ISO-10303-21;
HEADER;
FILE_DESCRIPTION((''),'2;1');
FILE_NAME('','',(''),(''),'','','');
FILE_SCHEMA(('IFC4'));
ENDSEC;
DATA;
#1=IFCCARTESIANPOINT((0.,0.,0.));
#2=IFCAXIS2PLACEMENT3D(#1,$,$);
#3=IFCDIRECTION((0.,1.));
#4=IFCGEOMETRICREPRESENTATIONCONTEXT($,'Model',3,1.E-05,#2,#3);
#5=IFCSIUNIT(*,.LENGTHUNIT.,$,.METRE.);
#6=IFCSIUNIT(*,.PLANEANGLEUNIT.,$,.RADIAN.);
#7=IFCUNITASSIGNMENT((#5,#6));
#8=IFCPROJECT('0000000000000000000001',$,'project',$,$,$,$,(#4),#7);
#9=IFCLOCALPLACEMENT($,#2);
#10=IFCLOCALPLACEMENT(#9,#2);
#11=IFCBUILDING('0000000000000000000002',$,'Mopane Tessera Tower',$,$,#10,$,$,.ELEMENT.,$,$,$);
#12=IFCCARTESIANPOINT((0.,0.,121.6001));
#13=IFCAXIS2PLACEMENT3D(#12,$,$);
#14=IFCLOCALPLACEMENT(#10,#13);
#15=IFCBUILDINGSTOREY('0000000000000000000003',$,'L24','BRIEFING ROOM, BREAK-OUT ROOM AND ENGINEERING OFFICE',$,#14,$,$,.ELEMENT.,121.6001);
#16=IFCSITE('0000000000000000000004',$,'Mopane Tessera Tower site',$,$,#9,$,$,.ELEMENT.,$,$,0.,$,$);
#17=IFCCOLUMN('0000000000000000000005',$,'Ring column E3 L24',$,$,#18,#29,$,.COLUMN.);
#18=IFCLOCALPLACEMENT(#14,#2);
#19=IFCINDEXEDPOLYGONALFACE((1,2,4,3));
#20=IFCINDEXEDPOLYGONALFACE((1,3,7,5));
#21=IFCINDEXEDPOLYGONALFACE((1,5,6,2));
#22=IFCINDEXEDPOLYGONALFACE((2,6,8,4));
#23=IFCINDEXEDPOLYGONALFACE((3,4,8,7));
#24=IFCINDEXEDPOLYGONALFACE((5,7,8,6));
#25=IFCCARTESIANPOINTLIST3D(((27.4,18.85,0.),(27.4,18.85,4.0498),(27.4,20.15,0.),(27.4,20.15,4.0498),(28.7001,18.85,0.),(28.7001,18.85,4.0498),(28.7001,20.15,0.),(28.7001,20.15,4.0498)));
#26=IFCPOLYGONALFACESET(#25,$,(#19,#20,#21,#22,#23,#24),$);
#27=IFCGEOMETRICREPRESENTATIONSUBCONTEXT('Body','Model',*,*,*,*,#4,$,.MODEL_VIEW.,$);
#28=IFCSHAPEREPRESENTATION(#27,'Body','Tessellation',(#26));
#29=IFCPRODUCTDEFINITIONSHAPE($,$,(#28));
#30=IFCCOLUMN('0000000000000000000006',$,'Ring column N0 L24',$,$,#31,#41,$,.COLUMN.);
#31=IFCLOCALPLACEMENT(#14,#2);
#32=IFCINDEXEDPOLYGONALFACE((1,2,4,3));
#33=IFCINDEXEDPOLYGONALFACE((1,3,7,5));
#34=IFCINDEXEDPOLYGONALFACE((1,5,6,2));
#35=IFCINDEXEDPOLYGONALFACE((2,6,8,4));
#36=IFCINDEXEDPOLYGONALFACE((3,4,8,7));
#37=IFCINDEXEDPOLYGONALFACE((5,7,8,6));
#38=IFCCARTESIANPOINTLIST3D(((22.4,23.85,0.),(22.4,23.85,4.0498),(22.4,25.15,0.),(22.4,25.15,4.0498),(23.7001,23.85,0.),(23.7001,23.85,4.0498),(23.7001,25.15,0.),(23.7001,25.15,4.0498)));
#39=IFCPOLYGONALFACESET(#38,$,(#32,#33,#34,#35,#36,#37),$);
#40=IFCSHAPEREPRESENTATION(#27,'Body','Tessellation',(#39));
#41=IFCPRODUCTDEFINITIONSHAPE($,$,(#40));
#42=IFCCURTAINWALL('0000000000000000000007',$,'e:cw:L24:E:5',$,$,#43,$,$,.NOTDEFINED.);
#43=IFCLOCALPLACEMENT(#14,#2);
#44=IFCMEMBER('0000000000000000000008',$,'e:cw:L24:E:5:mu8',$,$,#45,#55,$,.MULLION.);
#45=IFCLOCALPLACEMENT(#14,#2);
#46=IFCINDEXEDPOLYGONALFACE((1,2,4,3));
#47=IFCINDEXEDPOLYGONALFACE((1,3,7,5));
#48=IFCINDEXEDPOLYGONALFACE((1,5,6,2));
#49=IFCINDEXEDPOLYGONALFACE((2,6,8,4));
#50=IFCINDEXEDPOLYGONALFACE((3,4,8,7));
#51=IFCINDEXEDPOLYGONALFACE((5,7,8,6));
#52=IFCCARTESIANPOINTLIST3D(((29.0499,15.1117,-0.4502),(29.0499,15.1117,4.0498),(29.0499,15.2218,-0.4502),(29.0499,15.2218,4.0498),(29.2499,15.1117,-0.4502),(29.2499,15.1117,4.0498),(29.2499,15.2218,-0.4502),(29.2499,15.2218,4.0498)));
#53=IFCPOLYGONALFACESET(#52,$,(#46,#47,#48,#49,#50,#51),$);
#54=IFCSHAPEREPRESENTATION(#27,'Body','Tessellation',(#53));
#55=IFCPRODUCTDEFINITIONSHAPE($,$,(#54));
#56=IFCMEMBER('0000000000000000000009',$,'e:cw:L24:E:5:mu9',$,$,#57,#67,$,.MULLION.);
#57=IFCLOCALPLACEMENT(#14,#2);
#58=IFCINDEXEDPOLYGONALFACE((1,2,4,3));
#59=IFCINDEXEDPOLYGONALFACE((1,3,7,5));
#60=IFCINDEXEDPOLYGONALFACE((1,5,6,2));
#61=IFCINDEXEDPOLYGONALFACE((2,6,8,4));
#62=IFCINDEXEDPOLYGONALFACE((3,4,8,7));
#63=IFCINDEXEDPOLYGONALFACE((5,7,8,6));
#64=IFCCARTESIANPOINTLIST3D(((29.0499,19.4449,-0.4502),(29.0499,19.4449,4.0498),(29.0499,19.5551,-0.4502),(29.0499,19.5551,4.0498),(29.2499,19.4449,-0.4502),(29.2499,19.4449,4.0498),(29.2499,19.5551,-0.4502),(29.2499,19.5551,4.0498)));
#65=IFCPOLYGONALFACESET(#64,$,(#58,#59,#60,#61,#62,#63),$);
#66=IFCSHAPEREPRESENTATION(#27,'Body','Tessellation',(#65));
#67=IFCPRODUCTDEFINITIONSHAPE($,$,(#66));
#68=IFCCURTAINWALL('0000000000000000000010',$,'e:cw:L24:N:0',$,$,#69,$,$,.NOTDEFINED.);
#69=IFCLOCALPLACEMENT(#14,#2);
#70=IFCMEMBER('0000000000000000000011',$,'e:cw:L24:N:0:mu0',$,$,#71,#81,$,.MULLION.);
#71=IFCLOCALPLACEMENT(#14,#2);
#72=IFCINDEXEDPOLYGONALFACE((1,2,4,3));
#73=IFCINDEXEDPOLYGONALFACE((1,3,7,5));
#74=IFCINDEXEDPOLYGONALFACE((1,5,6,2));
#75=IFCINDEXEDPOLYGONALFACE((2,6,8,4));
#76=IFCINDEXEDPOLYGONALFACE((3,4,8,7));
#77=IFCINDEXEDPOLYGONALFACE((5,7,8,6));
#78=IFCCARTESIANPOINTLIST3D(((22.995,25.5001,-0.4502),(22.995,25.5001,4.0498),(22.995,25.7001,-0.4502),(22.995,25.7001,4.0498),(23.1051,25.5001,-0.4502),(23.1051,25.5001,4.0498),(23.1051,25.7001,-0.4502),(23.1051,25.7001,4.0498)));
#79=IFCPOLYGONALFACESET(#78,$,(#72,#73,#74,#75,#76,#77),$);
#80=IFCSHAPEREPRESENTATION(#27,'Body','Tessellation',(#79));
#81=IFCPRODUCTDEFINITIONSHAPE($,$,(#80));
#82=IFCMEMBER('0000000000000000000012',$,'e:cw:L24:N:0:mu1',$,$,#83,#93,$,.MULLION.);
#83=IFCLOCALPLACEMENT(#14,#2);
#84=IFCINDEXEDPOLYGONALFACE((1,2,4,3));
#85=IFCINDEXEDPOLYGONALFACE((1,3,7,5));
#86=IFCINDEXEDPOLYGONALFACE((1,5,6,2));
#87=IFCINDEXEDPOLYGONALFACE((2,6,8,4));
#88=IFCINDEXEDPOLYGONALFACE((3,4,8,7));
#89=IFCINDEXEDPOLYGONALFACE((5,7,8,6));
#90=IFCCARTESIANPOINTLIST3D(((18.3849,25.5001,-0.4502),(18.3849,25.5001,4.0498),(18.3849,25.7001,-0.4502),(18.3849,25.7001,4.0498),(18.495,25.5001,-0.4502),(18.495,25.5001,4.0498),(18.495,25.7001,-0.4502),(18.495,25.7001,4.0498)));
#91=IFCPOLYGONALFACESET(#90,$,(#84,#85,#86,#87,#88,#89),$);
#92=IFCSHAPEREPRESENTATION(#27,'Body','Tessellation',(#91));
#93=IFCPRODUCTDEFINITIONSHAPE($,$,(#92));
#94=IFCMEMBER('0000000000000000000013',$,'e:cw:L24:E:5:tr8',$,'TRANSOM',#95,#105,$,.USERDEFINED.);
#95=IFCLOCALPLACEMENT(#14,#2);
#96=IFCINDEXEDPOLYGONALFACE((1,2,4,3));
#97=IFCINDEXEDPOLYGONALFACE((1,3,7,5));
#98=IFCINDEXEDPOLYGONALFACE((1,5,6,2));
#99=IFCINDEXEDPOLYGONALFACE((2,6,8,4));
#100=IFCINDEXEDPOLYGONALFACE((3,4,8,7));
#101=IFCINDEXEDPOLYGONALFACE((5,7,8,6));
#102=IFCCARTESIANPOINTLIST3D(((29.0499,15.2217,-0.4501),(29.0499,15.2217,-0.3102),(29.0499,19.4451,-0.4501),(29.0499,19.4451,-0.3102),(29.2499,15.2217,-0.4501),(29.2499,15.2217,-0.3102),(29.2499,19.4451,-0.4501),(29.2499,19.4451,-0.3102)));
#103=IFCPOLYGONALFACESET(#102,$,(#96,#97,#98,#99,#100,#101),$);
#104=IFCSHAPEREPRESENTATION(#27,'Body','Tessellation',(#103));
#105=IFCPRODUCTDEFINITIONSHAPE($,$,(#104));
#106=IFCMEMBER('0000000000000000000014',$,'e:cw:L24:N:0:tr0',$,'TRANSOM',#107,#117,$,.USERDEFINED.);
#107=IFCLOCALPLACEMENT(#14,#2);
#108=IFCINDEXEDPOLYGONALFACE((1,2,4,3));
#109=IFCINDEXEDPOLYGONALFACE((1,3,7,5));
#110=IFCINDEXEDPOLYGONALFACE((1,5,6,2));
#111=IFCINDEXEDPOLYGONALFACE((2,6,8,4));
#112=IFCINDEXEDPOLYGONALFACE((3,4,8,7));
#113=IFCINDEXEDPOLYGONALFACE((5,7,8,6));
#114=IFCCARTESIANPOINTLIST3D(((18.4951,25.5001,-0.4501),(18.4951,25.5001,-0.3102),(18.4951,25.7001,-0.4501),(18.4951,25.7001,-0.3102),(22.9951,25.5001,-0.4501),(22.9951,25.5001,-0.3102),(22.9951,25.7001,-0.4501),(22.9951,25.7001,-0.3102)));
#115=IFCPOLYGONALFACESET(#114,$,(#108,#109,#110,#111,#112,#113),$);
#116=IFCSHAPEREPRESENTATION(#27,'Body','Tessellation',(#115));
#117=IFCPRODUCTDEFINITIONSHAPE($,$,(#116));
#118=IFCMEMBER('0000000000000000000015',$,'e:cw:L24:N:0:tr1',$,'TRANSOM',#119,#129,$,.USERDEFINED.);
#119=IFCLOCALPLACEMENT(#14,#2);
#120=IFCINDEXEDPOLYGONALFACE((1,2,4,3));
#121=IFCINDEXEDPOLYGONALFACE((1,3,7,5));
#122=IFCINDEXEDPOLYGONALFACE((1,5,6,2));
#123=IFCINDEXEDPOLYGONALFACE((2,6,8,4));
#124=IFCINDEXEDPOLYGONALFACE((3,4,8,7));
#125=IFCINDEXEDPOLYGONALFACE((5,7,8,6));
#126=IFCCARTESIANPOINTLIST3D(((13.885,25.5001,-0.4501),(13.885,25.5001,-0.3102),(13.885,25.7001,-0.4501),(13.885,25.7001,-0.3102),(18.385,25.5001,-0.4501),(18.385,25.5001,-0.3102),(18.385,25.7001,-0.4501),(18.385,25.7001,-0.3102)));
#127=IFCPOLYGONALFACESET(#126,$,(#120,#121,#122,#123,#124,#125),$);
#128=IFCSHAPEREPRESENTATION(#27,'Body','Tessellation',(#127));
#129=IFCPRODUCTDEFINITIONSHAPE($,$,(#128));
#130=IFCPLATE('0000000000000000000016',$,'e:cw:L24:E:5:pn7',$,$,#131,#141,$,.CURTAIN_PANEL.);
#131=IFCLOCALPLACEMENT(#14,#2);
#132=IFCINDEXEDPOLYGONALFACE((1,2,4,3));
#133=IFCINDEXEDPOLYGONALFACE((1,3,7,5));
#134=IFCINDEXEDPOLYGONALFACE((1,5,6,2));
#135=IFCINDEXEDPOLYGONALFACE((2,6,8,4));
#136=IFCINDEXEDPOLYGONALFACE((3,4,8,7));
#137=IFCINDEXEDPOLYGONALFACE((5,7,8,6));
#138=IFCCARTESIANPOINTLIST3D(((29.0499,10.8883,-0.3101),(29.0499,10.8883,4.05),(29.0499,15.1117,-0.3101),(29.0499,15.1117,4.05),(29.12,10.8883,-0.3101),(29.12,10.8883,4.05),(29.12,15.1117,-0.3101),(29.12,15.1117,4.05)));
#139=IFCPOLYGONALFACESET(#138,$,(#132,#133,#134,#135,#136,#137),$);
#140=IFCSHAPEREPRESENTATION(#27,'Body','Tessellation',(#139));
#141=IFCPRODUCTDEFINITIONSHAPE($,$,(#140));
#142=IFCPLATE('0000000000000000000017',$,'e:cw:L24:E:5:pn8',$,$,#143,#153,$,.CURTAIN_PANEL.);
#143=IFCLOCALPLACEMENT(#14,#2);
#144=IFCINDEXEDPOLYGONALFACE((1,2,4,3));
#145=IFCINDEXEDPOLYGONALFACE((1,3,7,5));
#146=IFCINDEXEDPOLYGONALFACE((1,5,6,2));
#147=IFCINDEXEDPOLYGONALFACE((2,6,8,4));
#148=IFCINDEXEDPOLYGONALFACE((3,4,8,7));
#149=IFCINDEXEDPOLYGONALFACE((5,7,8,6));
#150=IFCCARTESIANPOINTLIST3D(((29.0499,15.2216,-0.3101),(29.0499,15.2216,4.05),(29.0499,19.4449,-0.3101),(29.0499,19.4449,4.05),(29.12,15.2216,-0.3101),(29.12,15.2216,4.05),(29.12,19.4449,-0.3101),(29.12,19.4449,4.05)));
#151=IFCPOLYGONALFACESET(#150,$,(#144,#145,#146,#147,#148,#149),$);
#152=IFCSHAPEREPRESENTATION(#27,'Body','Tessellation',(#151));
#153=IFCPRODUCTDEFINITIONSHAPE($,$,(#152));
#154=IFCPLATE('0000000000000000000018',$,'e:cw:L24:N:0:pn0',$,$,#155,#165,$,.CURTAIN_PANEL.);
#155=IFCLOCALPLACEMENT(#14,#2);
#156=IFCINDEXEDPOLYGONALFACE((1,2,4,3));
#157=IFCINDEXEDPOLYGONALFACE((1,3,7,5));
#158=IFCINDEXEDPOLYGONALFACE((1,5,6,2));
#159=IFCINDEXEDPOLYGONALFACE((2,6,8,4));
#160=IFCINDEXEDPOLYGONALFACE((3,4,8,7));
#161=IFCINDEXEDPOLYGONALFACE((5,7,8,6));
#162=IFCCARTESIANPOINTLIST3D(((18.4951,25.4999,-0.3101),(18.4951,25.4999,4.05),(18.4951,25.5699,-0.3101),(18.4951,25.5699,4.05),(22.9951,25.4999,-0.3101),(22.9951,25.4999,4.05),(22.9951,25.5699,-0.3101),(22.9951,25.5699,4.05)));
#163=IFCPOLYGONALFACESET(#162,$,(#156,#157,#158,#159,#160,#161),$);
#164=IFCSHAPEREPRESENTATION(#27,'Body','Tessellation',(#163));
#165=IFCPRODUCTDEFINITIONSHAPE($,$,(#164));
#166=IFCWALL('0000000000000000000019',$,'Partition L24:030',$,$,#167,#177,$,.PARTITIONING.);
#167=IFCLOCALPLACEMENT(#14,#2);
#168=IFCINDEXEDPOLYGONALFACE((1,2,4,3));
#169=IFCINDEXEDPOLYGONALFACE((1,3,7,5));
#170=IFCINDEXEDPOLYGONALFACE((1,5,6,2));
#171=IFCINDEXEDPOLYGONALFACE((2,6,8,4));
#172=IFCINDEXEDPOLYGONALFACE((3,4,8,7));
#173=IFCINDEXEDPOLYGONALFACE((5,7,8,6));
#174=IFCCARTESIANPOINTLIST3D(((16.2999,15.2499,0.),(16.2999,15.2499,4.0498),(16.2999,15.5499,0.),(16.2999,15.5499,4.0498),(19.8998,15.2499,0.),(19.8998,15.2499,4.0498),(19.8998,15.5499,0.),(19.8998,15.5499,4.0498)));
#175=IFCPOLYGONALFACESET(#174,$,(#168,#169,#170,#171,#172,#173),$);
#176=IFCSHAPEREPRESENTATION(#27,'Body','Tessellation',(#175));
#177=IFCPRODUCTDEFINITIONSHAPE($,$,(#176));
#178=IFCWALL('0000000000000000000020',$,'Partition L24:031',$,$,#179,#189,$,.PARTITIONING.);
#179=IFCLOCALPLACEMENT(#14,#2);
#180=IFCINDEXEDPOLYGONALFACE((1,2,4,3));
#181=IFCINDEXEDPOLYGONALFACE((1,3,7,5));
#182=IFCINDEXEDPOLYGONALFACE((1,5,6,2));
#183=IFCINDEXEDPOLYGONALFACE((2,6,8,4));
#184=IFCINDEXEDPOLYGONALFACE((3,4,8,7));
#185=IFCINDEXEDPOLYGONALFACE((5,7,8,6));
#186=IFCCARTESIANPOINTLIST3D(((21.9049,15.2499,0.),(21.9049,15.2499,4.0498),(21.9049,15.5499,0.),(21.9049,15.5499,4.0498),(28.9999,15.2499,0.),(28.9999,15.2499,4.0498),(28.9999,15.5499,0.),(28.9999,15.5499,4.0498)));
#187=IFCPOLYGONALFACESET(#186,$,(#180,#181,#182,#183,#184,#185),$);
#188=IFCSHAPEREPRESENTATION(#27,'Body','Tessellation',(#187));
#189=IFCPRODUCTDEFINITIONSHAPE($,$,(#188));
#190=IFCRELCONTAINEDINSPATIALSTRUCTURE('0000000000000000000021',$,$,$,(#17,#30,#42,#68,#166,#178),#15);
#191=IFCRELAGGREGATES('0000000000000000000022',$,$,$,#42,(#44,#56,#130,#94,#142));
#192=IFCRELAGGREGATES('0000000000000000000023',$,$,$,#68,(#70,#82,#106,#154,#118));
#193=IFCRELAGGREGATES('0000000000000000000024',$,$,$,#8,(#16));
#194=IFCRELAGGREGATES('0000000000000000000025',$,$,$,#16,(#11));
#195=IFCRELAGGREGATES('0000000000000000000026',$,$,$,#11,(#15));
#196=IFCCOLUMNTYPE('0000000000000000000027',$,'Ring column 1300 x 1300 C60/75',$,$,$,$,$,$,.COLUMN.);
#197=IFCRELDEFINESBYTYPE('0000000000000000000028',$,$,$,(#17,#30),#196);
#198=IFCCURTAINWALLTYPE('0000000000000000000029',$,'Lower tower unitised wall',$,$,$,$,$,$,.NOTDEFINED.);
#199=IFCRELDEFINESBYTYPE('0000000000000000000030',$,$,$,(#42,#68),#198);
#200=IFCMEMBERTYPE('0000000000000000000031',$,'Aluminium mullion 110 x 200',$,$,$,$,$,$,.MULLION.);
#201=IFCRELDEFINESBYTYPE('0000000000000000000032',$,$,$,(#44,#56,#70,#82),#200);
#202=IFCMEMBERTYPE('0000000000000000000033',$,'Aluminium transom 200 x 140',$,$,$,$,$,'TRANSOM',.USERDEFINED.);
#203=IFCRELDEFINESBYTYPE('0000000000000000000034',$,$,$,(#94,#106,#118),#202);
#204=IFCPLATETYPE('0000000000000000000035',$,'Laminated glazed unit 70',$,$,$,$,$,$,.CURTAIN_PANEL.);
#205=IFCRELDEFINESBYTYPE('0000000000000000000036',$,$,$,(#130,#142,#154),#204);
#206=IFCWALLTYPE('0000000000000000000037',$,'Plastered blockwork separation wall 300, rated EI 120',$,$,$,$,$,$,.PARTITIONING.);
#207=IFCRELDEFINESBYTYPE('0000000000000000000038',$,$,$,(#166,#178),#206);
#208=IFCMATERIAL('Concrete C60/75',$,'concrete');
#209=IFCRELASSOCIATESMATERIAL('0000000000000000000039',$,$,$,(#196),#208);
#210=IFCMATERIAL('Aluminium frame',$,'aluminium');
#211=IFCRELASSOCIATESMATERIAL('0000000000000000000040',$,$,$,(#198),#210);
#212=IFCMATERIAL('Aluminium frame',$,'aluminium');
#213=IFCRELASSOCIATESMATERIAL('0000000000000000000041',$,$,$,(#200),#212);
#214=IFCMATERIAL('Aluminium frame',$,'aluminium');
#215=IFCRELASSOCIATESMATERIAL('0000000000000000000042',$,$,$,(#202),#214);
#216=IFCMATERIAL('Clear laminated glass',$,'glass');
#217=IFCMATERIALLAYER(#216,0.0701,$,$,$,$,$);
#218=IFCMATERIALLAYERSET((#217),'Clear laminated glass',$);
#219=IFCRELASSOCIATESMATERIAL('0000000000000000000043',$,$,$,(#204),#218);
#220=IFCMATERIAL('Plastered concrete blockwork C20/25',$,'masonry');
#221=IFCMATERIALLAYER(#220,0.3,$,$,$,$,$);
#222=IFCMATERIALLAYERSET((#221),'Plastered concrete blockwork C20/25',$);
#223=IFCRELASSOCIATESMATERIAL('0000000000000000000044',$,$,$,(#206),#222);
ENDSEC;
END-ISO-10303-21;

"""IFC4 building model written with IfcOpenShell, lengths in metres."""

from ifc_helpers import new_model, si_unit, direction, frame, frame_2d, origin, origin_2d, place, context, subcontext, project, spatial, rectangle, extrude, material, layer, layer_set, material_profile, profile_set, type_object, element, aggregate, save


model = new_model("IFC4")

# Units and contexts
model_context = context("Model", 3, precision=1e-05, world=origin(), true_north=direction((0.0, 1.0)))
body_context = subcontext(model_context, "Body", "Model", "MODEL_VIEW")
ifc_project = project(units=[si_unit("LENGTHUNIT", "METRE"), si_unit("PLANEANGLEUNIT", "RADIAN")], contexts=[model_context])

# Site, building, storey
site_placement = place(None, origin())
site = spatial("IfcSite", under=ifc_project, at=site_placement, Name="Mopane Tessera Tower site", CompositionType="ELEMENT", RefElevation=0.0)
building_placement = place(site_placement, origin())
building = spatial("IfcBuilding", under=site, at=building_placement, Name="Mopane Tessera Tower", CompositionType="ELEMENT")
storey_placement = place(building_placement, frame((0.0, 0.0, 121.6001)))
storey = spatial("IfcBuildingStorey", under=building, at=storey_placement, Name="L24", Description="BRIEFING ROOM, BREAK-OUT ROOM AND ENGINEERING OFFICE", CompositionType="ELEMENT", Elevation=121.6001)

# Columns
ifc_material_1 = material(Name="Concrete C60/75", Category="concrete")
ifc_material_profile_1 = material_profile(ifc_material_1, rectangle(XDim=1.3, YDim=1.3, at=origin_2d()))
ifc_profile_set_1 = profile_set([ifc_material_profile_1], Name="Concrete C60/75")
column_type = type_object("IfcColumnType", Name="Ring column 1300 x 1300 C60/75", PredefinedType="COLUMN", material=ifc_profile_set_1)
for number, where, z_axis, x_axis, name in (
    (1, (28.05, 19.5, 0.0), (0.0, 0.0, 1.0), (1.0, 0.0, 0.0), "Ring column E3 L24"),
    (2, (23.05, 24.5, 0.0), (0.0, 0.0, 1.0), (1.0, 0.0, 0.0), "Ring column N0 L24"),
):
    element("IfcColumn", number, at=place(storey_placement, frame(where, z_axis=z_axis, x_axis=x_axis)), inside=storey, type_object=column_type, Name=name, PredefinedType="COLUMN", context=body_context, shape_type="SweptSolid", body=[
        extrude(rectangle(XDim=1.3, YDim=1.3, at=origin_2d()), origin(), (0.0, 0.0, 1.0), 4.0498),
    ])

# Curtain walls, members
ifc_material_2 = material(Name="Aluminium frame", Category="aluminium")
curtain_wall_type = type_object("IfcCurtainWallType", Name="Lower tower unitised wall", PredefinedType="NOTDEFINED", material=ifc_material_2)
curtain_wall_1_placement = place(storey_placement, origin())
curtain_wall_1 = element("IfcCurtainWall", 3, at=curtain_wall_1_placement, inside=storey, type_object=curtain_wall_type, Name="e:cw:L24:E:5", PredefinedType="NOTDEFINED")
ifc_material_3 = material(Name="Aluminium frame", Category="aluminium")
ifc_material_profile_2 = material_profile(ifc_material_3, rectangle(XDim=0.1101, YDim=0.2, at=origin_2d()))
ifc_profile_set_2 = profile_set([ifc_material_profile_2], Name="Aluminium frame")
member_type_1 = type_object("IfcMemberType", Name="Aluminium mullion 110 x 200", PredefinedType="MULLION", material=ifc_profile_set_2)
member_1_placement = place(storey_placement, frame((29.1499, 15.1667, -0.4502), z_axis=(0.0, 0.0, 1.0), x_axis=(0.0, 1.0, 0.0)))
member_1 = element("IfcMember", 4, at=member_1_placement, type_object=member_type_1, Name="e:cw:L24:E:5:mu8", PredefinedType="MULLION", context=body_context, shape_type="SweptSolid", body=[
    extrude(rectangle(XDim=0.1101, YDim=0.2, at=origin_2d()), origin(), (0.0, 0.0, 1.0), 4.5),
])
member_2_placement = place(storey_placement, frame((29.1499, 19.5, -0.4502), z_axis=(0.0, 0.0, 1.0), x_axis=(0.0, 1.0, 0.0)))
member_2 = element("IfcMember", 5, at=member_2_placement, type_object=member_type_1, Name="e:cw:L24:E:5:mu9", PredefinedType="MULLION", context=body_context, shape_type="SweptSolid", body=[
    extrude(rectangle(XDim=0.1101, YDim=0.2, at=origin_2d()), origin(), (0.0, 0.0, 1.0), 4.5),
])
curtain_wall_2_placement = place(storey_placement, origin())
curtain_wall_2 = element("IfcCurtainWall", 6, at=curtain_wall_2_placement, inside=storey, type_object=curtain_wall_type, Name="e:cw:L24:N:0", PredefinedType="NOTDEFINED")
member_3_placement = place(storey_placement, frame((23.05, 25.6001, -0.4502), z_axis=(0.0, 0.0, 1.0), x_axis=(-1.0, 0.0, 0.0)))
member_3 = element("IfcMember", 7, at=member_3_placement, type_object=member_type_1, Name="e:cw:L24:N:0:mu0", PredefinedType="MULLION", context=body_context, shape_type="SweptSolid", body=[
    extrude(rectangle(XDim=0.1101, YDim=0.2, at=origin_2d()), origin(), (0.0, 0.0, 1.0), 4.5),
])
member_4_placement = place(storey_placement, frame((18.4399, 25.6001, -0.4502), z_axis=(0.0, 0.0, 1.0), x_axis=(-1.0, 0.0, 0.0)))
member_4 = element("IfcMember", 8, at=member_4_placement, type_object=member_type_1, Name="e:cw:L24:N:0:mu1", PredefinedType="MULLION", context=body_context, shape_type="SweptSolid", body=[
    extrude(rectangle(XDim=0.1101, YDim=0.2, at=origin_2d()), origin(), (0.0, 0.0, 1.0), 4.5),
])

# Members
ifc_material_4 = material(Name="Aluminium frame", Category="aluminium")
ifc_material_profile_3 = material_profile(ifc_material_4, rectangle(XDim=0.2, YDim=0.1399, at=origin_2d()))
ifc_profile_set_3 = profile_set([ifc_material_profile_3], Name="Aluminium frame")
member_type_2 = type_object("IfcMemberType", Name="Aluminium transom 200 x 140", ElementType="TRANSOM", PredefinedType="USERDEFINED", material=ifc_profile_set_3)
member_5_placement = place(storey_placement, frame((29.1499, 15.2217, -0.3801), z_axis=(0.0, 1.0, 0.0), x_axis=(-1.0, 0.0, 0.0)))
member_5 = element("IfcMember", 9, at=member_5_placement, type_object=member_type_2, Name="e:cw:L24:E:5:tr8", ObjectType="TRANSOM", PredefinedType="USERDEFINED", context=body_context, shape_type="SweptSolid", body=[
    extrude(rectangle(XDim=0.2, YDim=0.1399, at=origin_2d()), origin(), (0.0, 0.0, 1.0), 4.2234),
])
member_6_placement = place(storey_placement, frame((22.9951, 25.6001, -0.3801), z_axis=(-1.0, 0.0, 0.0), x_axis=(0.0, -1.0, 0.0)))
member_6 = element("IfcMember", 10, at=member_6_placement, type_object=member_type_2, Name="e:cw:L24:N:0:tr0", ObjectType="TRANSOM", PredefinedType="USERDEFINED", context=body_context, shape_type="SweptSolid", body=[
    extrude(rectangle(XDim=0.2, YDim=0.1399, at=origin_2d()), origin(), (0.0, 0.0, 1.0), 4.5),
])
member_7_placement = place(storey_placement, frame((18.385, 25.6001, -0.3801), z_axis=(-1.0, 0.0, 0.0), x_axis=(0.0, -1.0, 0.0)))
member_7 = element("IfcMember", 11, at=member_7_placement, type_object=member_type_2, Name="e:cw:L24:N:0:tr1", ObjectType="TRANSOM", PredefinedType="USERDEFINED", context=body_context, shape_type="SweptSolid", body=[
    extrude(rectangle(XDim=0.2, YDim=0.1399, at=origin_2d()), origin(), (0.0, 0.0, 1.0), 4.5),
])

# Plates
ifc_material_5 = material(Name="Clear laminated glass", Category="glass")
ifc_layer_1 = layer(ifc_material_5, 0.0701)
ifc_layer_set_1 = layer_set([ifc_layer_1], Name="Clear laminated glass")
plate_type = type_object("IfcPlateType", Name="Laminated glazed unit 70", PredefinedType="CURTAIN_PANEL", material=ifc_layer_set_1)
plate_1_placement = place(storey_placement, frame((29.085, 13.0, -0.3101), z_axis=(0.0, 0.0, 1.0), x_axis=(0.0, 1.0, 0.0)))
plate_1 = element("IfcPlate", 12, at=plate_1_placement, type_object=plate_type, Name="e:cw:L24:E:5:pn7", PredefinedType="CURTAIN_PANEL", context=body_context, shape_type="SweptSolid", body=[
    extrude(rectangle(XDim=4.2234, YDim=0.0701, at=origin_2d()), origin(), (0.0, 0.0, 1.0), 4.3601),
])
plate_2_placement = place(storey_placement, frame((29.085, 17.3333, -0.3101), z_axis=(0.0, 0.0, 1.0), x_axis=(0.0, 1.0, 0.0)))
plate_2 = element("IfcPlate", 13, at=plate_2_placement, type_object=plate_type, Name="e:cw:L24:E:5:pn8", PredefinedType="CURTAIN_PANEL", context=body_context, shape_type="SweptSolid", body=[
    extrude(rectangle(XDim=4.2234, YDim=0.0701, at=origin_2d()), origin(), (0.0, 0.0, 1.0), 4.3601),
])
aggregate(curtain_wall_1, [member_1, member_2, plate_1, member_5, plate_2])
plate_3_placement = place(storey_placement, frame((20.7451, 25.5349, -0.3101), z_axis=(0.0, 0.0, 1.0), x_axis=(-1.0, 0.0, 0.0)))
plate_3 = element("IfcPlate", 14, at=plate_3_placement, type_object=plate_type, Name="e:cw:L24:N:0:pn0", PredefinedType="CURTAIN_PANEL", context=body_context, shape_type="SweptSolid", body=[
    extrude(rectangle(XDim=4.5, YDim=0.0701, at=origin_2d()), origin(), (0.0, 0.0, 1.0), 4.3601),
])
aggregate(curtain_wall_2, [member_3, member_4, member_6, plate_3, member_7])

# Walls
ifc_material_6 = material(Name="Plastered concrete blockwork C20/25", Category="masonry")
ifc_layer_2 = layer(ifc_material_6, 0.3)
ifc_layer_set_2 = layer_set([ifc_layer_2], Name="Plastered concrete blockwork C20/25")
wall_type_1 = type_object("IfcWallType", Name="Plastered blockwork separation wall 300, rated EI 120", PredefinedType="PARTITIONING", material=ifc_layer_set_2)
wall_1_placement = place(storey_placement, frame((16.3, 15.3999, 0.0), z_axis=(0.0, 0.0, 1.0), x_axis=(1.0, 0.0, 0.0)))
element("IfcWall", 15, at=wall_1_placement, inside=storey, type_object=wall_type_1, Name="Partition L24:030", PredefinedType="PARTITIONING", context=body_context, shape_type="SweptSolid", body=[
    extrude(rectangle(XDim=3.5999, YDim=0.3, at=frame_2d((1.7998, 0.0))), origin(), (0.0, 0.0, 1.0), 4.0498),
])
wall_2_placement = place(storey_placement, frame((21.905, 15.3999, 0.0), z_axis=(0.0, 0.0, 1.0), x_axis=(1.0, 0.0, 0.0)))
element("IfcWall", 16, at=wall_2_placement, inside=storey, type_object=wall_type_1, Name="Partition L24:031", PredefinedType="PARTITIONING", context=body_context, shape_type="SweptSolid", body=[
    extrude(rectangle(XDim=7.095, YDim=0.3, at=frame_2d((3.5474, 0.0))), origin(), (0.0, 0.0, 1.0), 4.0498),
])

save(model, "model.ifc")
